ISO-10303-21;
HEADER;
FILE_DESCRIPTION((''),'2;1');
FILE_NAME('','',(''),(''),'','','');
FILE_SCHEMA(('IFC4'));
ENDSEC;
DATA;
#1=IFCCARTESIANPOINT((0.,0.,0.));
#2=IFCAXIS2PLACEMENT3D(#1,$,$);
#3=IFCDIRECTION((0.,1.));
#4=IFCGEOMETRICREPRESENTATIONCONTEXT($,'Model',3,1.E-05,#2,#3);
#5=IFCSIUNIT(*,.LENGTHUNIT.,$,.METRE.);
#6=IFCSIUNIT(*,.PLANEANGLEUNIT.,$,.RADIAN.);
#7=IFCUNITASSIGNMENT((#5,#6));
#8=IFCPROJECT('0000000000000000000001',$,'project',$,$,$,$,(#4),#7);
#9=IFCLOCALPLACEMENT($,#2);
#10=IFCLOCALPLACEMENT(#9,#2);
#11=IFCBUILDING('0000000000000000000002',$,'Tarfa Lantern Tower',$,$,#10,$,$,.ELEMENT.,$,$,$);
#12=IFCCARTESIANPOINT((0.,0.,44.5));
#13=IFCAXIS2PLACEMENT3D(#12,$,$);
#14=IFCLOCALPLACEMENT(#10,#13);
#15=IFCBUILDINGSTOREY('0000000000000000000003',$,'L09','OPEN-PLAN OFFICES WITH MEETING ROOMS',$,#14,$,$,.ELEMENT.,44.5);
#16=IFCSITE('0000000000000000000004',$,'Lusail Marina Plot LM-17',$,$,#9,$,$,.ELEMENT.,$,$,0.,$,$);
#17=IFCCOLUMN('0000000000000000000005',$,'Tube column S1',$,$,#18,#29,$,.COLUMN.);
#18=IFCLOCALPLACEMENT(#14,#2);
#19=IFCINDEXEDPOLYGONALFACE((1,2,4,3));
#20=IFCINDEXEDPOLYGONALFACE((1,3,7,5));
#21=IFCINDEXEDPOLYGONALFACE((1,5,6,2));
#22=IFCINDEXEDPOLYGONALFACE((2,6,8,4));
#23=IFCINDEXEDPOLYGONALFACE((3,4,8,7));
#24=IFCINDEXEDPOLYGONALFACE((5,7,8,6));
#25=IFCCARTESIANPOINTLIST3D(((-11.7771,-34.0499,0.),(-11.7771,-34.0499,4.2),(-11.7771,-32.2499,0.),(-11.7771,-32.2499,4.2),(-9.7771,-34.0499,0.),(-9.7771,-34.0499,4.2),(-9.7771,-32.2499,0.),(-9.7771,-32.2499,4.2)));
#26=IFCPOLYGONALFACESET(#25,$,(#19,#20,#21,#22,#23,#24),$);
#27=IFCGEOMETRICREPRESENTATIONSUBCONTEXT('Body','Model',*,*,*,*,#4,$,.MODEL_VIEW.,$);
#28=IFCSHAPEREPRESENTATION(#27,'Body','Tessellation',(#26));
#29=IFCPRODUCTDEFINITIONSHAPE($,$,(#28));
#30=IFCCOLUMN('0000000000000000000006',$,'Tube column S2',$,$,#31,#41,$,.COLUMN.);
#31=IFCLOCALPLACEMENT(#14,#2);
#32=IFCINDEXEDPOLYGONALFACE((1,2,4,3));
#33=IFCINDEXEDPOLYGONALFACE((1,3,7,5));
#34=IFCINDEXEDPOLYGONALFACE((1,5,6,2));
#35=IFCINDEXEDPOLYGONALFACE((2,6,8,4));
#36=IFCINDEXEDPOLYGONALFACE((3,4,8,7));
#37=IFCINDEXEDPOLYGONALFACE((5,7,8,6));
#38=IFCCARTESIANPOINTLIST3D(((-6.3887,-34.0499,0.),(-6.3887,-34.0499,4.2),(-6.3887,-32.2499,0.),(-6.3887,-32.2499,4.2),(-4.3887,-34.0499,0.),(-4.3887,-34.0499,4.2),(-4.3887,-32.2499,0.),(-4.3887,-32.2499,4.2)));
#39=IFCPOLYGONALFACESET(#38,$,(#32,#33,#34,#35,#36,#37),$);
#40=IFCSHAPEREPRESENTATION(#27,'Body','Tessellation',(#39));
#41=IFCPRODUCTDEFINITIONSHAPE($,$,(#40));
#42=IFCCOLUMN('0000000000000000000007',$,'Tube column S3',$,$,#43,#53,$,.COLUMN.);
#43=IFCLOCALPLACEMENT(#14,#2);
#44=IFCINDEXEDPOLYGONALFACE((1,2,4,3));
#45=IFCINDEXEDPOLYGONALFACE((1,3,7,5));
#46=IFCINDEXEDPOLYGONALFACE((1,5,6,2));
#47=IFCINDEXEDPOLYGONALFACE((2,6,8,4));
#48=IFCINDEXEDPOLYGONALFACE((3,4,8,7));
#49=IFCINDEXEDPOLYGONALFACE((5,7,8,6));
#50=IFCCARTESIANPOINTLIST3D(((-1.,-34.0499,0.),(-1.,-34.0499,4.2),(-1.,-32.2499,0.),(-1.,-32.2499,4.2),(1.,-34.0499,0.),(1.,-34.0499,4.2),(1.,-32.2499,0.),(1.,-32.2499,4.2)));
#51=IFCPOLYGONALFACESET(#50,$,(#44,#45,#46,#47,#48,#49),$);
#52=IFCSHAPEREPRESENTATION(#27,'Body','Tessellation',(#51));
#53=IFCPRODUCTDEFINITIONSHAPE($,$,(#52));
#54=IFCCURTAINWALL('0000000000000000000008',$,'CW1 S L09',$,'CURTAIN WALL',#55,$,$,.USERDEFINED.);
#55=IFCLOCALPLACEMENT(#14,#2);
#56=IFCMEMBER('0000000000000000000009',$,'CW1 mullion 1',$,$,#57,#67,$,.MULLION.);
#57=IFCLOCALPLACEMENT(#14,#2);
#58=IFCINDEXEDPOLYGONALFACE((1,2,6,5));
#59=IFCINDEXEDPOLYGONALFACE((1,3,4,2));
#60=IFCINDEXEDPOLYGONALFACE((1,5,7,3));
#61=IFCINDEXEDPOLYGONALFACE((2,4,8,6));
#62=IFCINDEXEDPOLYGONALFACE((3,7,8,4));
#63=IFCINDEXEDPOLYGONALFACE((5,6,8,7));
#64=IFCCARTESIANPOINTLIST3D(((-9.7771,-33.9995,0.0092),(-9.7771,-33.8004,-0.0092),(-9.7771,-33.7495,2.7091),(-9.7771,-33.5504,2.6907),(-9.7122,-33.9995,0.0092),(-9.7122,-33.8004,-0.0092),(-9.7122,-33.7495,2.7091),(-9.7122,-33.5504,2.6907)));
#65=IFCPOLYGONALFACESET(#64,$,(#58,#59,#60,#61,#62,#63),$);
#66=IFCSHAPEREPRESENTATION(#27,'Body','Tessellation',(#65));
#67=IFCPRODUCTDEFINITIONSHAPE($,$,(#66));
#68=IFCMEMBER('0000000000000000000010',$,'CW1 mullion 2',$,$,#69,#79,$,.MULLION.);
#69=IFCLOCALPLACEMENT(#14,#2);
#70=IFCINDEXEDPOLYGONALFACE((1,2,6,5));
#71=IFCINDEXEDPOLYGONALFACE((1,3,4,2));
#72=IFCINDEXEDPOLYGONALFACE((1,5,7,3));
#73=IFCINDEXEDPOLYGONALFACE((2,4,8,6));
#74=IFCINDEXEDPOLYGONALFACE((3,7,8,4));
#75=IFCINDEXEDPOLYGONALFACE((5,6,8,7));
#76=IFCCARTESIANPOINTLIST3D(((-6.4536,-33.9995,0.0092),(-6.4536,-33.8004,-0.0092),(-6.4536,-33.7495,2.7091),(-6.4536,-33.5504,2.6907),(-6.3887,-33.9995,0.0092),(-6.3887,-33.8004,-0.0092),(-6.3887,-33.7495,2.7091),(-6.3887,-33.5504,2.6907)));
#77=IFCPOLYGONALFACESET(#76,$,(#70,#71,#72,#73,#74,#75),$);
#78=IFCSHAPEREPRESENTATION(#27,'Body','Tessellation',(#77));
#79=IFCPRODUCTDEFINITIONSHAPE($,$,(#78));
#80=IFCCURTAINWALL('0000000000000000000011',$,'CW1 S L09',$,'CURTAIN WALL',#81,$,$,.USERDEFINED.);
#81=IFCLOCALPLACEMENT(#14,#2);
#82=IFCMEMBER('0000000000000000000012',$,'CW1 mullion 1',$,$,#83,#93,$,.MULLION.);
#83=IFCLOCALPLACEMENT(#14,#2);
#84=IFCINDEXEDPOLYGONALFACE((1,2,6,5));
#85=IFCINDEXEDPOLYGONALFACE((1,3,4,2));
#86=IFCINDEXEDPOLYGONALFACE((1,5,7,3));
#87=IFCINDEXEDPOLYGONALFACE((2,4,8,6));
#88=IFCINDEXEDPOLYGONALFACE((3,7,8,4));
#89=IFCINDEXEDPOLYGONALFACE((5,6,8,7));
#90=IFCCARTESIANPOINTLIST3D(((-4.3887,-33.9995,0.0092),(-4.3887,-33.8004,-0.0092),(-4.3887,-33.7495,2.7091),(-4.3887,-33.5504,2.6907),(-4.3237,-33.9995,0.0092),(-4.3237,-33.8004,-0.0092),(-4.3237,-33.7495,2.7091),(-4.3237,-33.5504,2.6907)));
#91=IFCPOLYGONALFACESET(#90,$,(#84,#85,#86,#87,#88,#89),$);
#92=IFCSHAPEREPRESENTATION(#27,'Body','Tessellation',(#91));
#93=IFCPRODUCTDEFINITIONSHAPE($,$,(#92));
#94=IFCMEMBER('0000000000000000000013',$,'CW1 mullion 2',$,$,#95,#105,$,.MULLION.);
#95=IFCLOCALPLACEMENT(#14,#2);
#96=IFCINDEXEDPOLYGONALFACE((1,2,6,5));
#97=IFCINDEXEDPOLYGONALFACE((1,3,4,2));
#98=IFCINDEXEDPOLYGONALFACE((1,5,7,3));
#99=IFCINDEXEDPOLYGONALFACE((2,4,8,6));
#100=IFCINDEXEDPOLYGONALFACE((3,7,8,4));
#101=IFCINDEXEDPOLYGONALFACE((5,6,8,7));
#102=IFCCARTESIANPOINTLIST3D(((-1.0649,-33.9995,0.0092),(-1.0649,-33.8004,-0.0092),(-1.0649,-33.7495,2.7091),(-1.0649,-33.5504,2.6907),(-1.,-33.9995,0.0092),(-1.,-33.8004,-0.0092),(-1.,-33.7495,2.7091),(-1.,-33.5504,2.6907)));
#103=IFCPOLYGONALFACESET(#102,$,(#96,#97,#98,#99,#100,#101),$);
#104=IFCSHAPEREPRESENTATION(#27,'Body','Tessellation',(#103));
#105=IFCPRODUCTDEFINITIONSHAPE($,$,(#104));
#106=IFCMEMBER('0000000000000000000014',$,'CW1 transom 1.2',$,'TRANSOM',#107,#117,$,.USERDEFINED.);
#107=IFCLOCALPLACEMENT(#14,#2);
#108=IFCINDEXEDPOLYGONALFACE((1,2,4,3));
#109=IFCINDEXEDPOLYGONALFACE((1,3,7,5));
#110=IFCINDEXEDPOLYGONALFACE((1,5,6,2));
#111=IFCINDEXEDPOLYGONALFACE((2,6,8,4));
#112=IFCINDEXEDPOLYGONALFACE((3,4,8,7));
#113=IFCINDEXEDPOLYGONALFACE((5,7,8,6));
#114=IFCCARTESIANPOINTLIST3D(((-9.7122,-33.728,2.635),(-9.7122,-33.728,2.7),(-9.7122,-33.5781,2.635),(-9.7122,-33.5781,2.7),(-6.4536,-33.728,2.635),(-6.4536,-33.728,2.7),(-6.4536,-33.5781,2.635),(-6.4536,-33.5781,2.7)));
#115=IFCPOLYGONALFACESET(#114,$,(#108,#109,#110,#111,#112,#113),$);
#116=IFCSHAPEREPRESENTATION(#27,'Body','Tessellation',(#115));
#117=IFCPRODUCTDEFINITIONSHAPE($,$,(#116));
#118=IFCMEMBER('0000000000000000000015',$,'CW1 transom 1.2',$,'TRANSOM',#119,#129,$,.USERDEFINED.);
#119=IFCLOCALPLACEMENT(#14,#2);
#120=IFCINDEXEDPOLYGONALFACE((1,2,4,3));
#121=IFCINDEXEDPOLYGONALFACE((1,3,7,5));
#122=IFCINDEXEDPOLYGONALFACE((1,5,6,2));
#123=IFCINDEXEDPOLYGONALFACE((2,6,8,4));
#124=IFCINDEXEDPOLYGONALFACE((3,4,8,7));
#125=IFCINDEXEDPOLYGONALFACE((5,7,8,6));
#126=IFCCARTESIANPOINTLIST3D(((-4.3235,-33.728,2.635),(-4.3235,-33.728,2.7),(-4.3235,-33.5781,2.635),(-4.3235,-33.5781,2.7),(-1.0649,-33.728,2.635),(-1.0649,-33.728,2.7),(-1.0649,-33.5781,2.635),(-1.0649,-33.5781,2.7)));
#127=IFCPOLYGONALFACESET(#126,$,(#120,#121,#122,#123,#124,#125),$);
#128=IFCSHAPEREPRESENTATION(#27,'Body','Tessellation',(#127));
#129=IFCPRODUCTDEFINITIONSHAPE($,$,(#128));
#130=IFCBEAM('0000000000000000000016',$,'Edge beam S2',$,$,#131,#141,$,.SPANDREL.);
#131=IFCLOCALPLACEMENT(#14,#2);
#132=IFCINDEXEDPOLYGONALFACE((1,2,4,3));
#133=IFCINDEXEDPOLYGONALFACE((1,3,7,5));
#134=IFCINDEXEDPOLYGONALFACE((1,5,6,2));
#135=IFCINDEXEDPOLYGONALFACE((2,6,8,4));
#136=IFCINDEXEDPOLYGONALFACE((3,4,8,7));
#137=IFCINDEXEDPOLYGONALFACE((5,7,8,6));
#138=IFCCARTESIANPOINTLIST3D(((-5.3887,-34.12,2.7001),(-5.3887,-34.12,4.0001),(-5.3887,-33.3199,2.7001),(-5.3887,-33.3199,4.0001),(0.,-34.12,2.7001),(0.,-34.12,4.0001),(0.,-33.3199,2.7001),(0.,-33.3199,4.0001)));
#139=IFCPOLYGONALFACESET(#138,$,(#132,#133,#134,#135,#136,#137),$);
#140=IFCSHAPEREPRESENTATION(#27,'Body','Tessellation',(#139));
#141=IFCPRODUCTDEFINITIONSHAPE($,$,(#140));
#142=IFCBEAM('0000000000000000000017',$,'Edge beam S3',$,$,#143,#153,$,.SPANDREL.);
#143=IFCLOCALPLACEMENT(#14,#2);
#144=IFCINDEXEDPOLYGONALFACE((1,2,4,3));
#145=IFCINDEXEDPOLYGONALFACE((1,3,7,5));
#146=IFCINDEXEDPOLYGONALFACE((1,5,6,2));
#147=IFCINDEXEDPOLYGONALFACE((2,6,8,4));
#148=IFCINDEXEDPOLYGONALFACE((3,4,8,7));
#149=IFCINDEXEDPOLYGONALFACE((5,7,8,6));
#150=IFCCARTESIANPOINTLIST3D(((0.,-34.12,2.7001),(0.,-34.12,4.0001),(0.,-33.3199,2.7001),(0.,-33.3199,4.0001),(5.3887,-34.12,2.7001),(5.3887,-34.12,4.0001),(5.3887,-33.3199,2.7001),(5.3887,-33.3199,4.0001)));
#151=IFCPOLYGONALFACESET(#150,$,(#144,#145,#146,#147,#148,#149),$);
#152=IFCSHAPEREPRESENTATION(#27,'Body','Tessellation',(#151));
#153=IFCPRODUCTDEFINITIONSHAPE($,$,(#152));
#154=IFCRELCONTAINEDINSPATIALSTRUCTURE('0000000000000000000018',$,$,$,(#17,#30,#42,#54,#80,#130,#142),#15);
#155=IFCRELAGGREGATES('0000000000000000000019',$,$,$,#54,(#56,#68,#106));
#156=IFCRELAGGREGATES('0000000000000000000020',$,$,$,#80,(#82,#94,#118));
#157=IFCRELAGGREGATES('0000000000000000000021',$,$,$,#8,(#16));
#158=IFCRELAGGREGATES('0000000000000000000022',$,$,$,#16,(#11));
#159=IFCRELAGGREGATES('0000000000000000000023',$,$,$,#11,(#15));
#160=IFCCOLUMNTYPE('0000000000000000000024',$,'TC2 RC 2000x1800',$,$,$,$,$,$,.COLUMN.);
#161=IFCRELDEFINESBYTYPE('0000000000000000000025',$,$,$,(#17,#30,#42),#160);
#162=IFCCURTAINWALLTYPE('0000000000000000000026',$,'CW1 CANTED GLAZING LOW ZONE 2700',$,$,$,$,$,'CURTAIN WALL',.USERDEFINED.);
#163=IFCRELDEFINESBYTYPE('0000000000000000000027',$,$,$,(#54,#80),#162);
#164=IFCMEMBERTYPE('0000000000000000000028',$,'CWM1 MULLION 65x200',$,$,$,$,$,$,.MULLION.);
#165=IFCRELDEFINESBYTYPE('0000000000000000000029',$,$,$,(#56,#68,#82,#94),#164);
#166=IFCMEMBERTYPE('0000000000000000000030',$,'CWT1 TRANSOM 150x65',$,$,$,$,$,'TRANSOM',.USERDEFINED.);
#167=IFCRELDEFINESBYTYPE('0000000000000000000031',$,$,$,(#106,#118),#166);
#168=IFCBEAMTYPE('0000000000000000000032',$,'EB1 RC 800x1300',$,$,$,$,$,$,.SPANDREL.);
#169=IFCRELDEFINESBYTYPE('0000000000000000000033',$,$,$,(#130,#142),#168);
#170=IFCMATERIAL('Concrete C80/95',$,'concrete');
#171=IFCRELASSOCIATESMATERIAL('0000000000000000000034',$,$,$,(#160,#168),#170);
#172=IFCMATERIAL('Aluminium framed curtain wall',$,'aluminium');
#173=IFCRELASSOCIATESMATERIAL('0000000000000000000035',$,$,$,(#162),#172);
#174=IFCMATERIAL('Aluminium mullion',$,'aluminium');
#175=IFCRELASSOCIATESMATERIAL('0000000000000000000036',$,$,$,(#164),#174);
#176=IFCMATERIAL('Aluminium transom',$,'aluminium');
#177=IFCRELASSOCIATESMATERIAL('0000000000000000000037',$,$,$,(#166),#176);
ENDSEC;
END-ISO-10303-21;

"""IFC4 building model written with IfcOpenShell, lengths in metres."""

from ifc_helpers import new_model, si_unit, direction, frame, origin, origin_2d, place, context, subcontext, project, spatial, rectangle, extrude, material, material_profile, profile_set, type_object, element, aggregate, save


model = new_model("IFC4")

# Units and contexts
model_context = context("Model", 3, precision=1e-05, world=origin(), true_north=direction((0.0, 1.0)))
body_context = subcontext(model_context, "Body", "Model", "MODEL_VIEW")
ifc_project = project(units=[si_unit("LENGTHUNIT", "METRE"), si_unit("PLANEANGLEUNIT", "RADIAN")], contexts=[model_context])

# Site, building, storey
site_placement = place(None, origin())
site = spatial("IfcSite", under=ifc_project, at=site_placement, Name="Lusail Marina Plot LM-17", CompositionType="ELEMENT", RefElevation=0.0)
building_placement = place(site_placement, origin())
building = spatial("IfcBuilding", under=site, at=building_placement, Name="Tarfa Lantern Tower", CompositionType="ELEMENT")
storey_placement = place(building_placement, frame((0.0, 0.0, 44.5)))
storey = spatial("IfcBuildingStorey", under=building, at=storey_placement, Name="L09", Description="OPEN-PLAN OFFICES WITH MEETING ROOMS", CompositionType="ELEMENT", Elevation=44.5)

# Columns
ifc_material_1 = material(Name="Concrete C80/95", Category="concrete")
ifc_material_profile_1 = material_profile(ifc_material_1, rectangle(XDim=2.0, YDim=1.8, at=origin_2d()), Name="RC 2000x1800")
ifc_profile_set_1 = profile_set([ifc_material_profile_1], Name="Concrete C80/95")
column_type = type_object("IfcColumnType", Name="TC2 RC 2000x1800", PredefinedType="COLUMN", material=ifc_profile_set_1)
for number, where, z_axis, x_axis, name in (
    (1, (-10.7771, -33.1499, 0.0), (0.0, 0.0, 1.0), (1.0, 0.0, 0.0), "Tube column S1"),
    (2, (-5.3887, -33.1499, 0.0), (0.0, 0.0, 1.0), (1.0, 0.0, 0.0), "Tube column S2"),
    (3, (0.0, -33.1499, 0.0), (0.0, 0.0, 1.0), (1.0, 0.0, 0.0), "Tube column S3"),
):
    element("IfcColumn", number, at=place(storey_placement, frame(where, z_axis=z_axis, x_axis=x_axis)), inside=storey, type_object=column_type, Name=name, PredefinedType="COLUMN", context=body_context, shape_type="SweptSolid", body=[
        extrude(rectangle(XDim=2.0, YDim=1.8, at=origin_2d()), origin(), (0.0, 0.0, 1.0), 4.2),
    ])

# Curtain walls, members
ifc_material_2 = material(Name="Aluminium framed curtain wall", Category="aluminium")
curtain_wall_type = type_object("IfcCurtainWallType", Name="CW1 CANTED GLAZING LOW ZONE 2700", ElementType="CURTAIN WALL", PredefinedType="USERDEFINED", material=ifc_material_2)
curtain_wall_1_placement = place(storey_placement, origin())
curtain_wall_1 = element("IfcCurtainWall", 4, at=curtain_wall_1_placement, inside=storey, type_object=curtain_wall_type, Name="CW1 S L09", ObjectType="CURTAIN WALL", PredefinedType="USERDEFINED")
ifc_material_3 = material(Name="Aluminium mullion", Category="aluminium")
ifc_material_profile_2 = material_profile(ifc_material_3, rectangle(XDim=0.0649, YDim=0.2, at=origin_2d()), Name="AL MULLION 65x200")
ifc_profile_set_2 = profile_set([ifc_material_profile_2], Name="Aluminium mullion")
member_type_1 = type_object("IfcMemberType", Name="CWM1 MULLION 65x200", PredefinedType="MULLION", material=ifc_profile_set_2)
member_1_placement = place(storey_placement, frame((-9.7446, -33.8999, 0.0), z_axis=(0.0, 0.0922, 0.995741), x_axis=(-1.0, 0.0, 0.0)))
member_1 = element("IfcMember", 5, at=member_1_placement, type_object=member_type_1, Name="CW1 mullion 1", PredefinedType="MULLION", context=body_context, shape_type="SweptSolid", body=[
    extrude(rectangle(XDim=0.0649, YDim=0.2, at=origin_2d()), origin(), (0.0, 0.0, 1.0), 2.7114),
])
member_2_placement = place(storey_placement, frame((-6.4211, -33.8999, 0.0), z_axis=(0.0, 0.0922, 0.995741), x_axis=(-1.0, 0.0, 0.0)))
member_2 = element("IfcMember", 6, at=member_2_placement, type_object=member_type_1, Name="CW1 mullion 2", PredefinedType="MULLION", context=body_context, shape_type="SweptSolid", body=[
    extrude(rectangle(XDim=0.0649, YDim=0.2, at=origin_2d()), origin(), (0.0, 0.0, 1.0), 2.7114),
])
curtain_wall_2_placement = place(storey_placement, origin())
curtain_wall_2 = element("IfcCurtainWall", 7, at=curtain_wall_2_placement, inside=storey, type_object=curtain_wall_type, Name="CW1 S L09", ObjectType="CURTAIN WALL", PredefinedType="USERDEFINED")
member_3_placement = place(storey_placement, frame((-4.3562, -33.8999, 0.0), z_axis=(0.0, 0.0922, 0.995741), x_axis=(-1.0, 0.0, 0.0)))
member_3 = element("IfcMember", 8, at=member_3_placement, type_object=member_type_1, Name="CW1 mullion 1", PredefinedType="MULLION", context=body_context, shape_type="SweptSolid", body=[
    extrude(rectangle(XDim=0.0649, YDim=0.2, at=origin_2d()), origin(), (0.0, 0.0, 1.0), 2.7114),
])
member_4_placement = place(storey_placement, frame((-1.0325, -33.8999, 0.0), z_axis=(0.0, 0.0922, 0.995741), x_axis=(-1.0, 0.0, 0.0)))
member_4 = element("IfcMember", 9, at=member_4_placement, type_object=member_type_1, Name="CW1 mullion 2", PredefinedType="MULLION", context=body_context, shape_type="SweptSolid", body=[
    extrude(rectangle(XDim=0.0649, YDim=0.2, at=origin_2d()), origin(), (0.0, 0.0, 1.0), 2.7114),
])

# Members
ifc_material_4 = material(Name="Aluminium transom", Category="aluminium")
ifc_material_profile_3 = material_profile(ifc_material_4, rectangle(XDim=0.1499, YDim=0.0649, at=origin_2d()), Name="AL TRANSOM 150x65")
ifc_profile_set_3 = profile_set([ifc_material_profile_3], Name="Aluminium transom")
member_type_2 = type_object("IfcMemberType", Name="CWT1 TRANSOM 150x65", ElementType="TRANSOM", PredefinedType="USERDEFINED", material=ifc_profile_set_3)
member_5_placement = place(storey_placement, frame((-9.7122, -33.6531, 2.6675), z_axis=(1.0, 0.0, 0.0), x_axis=(0.0, 1.0, 0.0)))
member_5 = element("IfcMember", 10, at=member_5_placement, type_object=member_type_2, Name="CW1 transom 1.2", ObjectType="TRANSOM", PredefinedType="USERDEFINED", context=body_context, shape_type="SweptSolid", body=[
    extrude(rectangle(XDim=0.1499, YDim=0.0649, at=origin_2d()), origin(), (0.0, 0.0, 1.0), 3.2585),
])
member_6_placement = place(storey_placement, frame((-4.3235, -33.6531, 2.6675), z_axis=(1.0, 0.0, 0.0), x_axis=(0.0, 1.0, 0.0)))
member_6 = element("IfcMember", 11, at=member_6_placement, type_object=member_type_2, Name="CW1 transom 1.2", ObjectType="TRANSOM", PredefinedType="USERDEFINED", context=body_context, shape_type="SweptSolid", body=[
    extrude(rectangle(XDim=0.1499, YDim=0.0649, at=origin_2d()), origin(), (0.0, 0.0, 1.0), 3.2585),
])

# Beams
ifc_material_profile_4 = material_profile(ifc_material_1, rectangle(XDim=0.8, YDim=1.3, at=origin_2d()), Name="RC 800x1300")
ifc_profile_set_4 = profile_set([ifc_material_profile_4], Name="Concrete C80/95")
beam_type_1 = type_object("IfcBeamType", Name="EB1 RC 800x1300", PredefinedType="SPANDREL", material=ifc_profile_set_4)
for number, where, z_axis, x_axis, name in (
    (12, (-5.3887, -33.72, 3.3501), (1.0, 0.0, 0.0), (0.0, 1.0, 0.0), "Edge beam S2"),
    (13, (0.0, -33.72, 3.3501), (1.0, 0.0, 0.0), (0.0, 1.0, 0.0), "Edge beam S3"),
):
    element("IfcBeam", number, at=place(storey_placement, frame(where, z_axis=z_axis, x_axis=x_axis)), inside=storey, type_object=beam_type_1, Name=name, PredefinedType="SPANDREL", context=body_context, shape_type="SweptSolid", body=[
        extrude(rectangle(XDim=0.8, YDim=1.3, at=origin_2d()), origin(), (0.0, 0.0, 1.0), 5.3887),
    ])

aggregate(curtain_wall_1, [member_1, member_2, member_5])
aggregate(curtain_wall_2, [member_3, member_4, member_6])

save(model, "model.ifc")
